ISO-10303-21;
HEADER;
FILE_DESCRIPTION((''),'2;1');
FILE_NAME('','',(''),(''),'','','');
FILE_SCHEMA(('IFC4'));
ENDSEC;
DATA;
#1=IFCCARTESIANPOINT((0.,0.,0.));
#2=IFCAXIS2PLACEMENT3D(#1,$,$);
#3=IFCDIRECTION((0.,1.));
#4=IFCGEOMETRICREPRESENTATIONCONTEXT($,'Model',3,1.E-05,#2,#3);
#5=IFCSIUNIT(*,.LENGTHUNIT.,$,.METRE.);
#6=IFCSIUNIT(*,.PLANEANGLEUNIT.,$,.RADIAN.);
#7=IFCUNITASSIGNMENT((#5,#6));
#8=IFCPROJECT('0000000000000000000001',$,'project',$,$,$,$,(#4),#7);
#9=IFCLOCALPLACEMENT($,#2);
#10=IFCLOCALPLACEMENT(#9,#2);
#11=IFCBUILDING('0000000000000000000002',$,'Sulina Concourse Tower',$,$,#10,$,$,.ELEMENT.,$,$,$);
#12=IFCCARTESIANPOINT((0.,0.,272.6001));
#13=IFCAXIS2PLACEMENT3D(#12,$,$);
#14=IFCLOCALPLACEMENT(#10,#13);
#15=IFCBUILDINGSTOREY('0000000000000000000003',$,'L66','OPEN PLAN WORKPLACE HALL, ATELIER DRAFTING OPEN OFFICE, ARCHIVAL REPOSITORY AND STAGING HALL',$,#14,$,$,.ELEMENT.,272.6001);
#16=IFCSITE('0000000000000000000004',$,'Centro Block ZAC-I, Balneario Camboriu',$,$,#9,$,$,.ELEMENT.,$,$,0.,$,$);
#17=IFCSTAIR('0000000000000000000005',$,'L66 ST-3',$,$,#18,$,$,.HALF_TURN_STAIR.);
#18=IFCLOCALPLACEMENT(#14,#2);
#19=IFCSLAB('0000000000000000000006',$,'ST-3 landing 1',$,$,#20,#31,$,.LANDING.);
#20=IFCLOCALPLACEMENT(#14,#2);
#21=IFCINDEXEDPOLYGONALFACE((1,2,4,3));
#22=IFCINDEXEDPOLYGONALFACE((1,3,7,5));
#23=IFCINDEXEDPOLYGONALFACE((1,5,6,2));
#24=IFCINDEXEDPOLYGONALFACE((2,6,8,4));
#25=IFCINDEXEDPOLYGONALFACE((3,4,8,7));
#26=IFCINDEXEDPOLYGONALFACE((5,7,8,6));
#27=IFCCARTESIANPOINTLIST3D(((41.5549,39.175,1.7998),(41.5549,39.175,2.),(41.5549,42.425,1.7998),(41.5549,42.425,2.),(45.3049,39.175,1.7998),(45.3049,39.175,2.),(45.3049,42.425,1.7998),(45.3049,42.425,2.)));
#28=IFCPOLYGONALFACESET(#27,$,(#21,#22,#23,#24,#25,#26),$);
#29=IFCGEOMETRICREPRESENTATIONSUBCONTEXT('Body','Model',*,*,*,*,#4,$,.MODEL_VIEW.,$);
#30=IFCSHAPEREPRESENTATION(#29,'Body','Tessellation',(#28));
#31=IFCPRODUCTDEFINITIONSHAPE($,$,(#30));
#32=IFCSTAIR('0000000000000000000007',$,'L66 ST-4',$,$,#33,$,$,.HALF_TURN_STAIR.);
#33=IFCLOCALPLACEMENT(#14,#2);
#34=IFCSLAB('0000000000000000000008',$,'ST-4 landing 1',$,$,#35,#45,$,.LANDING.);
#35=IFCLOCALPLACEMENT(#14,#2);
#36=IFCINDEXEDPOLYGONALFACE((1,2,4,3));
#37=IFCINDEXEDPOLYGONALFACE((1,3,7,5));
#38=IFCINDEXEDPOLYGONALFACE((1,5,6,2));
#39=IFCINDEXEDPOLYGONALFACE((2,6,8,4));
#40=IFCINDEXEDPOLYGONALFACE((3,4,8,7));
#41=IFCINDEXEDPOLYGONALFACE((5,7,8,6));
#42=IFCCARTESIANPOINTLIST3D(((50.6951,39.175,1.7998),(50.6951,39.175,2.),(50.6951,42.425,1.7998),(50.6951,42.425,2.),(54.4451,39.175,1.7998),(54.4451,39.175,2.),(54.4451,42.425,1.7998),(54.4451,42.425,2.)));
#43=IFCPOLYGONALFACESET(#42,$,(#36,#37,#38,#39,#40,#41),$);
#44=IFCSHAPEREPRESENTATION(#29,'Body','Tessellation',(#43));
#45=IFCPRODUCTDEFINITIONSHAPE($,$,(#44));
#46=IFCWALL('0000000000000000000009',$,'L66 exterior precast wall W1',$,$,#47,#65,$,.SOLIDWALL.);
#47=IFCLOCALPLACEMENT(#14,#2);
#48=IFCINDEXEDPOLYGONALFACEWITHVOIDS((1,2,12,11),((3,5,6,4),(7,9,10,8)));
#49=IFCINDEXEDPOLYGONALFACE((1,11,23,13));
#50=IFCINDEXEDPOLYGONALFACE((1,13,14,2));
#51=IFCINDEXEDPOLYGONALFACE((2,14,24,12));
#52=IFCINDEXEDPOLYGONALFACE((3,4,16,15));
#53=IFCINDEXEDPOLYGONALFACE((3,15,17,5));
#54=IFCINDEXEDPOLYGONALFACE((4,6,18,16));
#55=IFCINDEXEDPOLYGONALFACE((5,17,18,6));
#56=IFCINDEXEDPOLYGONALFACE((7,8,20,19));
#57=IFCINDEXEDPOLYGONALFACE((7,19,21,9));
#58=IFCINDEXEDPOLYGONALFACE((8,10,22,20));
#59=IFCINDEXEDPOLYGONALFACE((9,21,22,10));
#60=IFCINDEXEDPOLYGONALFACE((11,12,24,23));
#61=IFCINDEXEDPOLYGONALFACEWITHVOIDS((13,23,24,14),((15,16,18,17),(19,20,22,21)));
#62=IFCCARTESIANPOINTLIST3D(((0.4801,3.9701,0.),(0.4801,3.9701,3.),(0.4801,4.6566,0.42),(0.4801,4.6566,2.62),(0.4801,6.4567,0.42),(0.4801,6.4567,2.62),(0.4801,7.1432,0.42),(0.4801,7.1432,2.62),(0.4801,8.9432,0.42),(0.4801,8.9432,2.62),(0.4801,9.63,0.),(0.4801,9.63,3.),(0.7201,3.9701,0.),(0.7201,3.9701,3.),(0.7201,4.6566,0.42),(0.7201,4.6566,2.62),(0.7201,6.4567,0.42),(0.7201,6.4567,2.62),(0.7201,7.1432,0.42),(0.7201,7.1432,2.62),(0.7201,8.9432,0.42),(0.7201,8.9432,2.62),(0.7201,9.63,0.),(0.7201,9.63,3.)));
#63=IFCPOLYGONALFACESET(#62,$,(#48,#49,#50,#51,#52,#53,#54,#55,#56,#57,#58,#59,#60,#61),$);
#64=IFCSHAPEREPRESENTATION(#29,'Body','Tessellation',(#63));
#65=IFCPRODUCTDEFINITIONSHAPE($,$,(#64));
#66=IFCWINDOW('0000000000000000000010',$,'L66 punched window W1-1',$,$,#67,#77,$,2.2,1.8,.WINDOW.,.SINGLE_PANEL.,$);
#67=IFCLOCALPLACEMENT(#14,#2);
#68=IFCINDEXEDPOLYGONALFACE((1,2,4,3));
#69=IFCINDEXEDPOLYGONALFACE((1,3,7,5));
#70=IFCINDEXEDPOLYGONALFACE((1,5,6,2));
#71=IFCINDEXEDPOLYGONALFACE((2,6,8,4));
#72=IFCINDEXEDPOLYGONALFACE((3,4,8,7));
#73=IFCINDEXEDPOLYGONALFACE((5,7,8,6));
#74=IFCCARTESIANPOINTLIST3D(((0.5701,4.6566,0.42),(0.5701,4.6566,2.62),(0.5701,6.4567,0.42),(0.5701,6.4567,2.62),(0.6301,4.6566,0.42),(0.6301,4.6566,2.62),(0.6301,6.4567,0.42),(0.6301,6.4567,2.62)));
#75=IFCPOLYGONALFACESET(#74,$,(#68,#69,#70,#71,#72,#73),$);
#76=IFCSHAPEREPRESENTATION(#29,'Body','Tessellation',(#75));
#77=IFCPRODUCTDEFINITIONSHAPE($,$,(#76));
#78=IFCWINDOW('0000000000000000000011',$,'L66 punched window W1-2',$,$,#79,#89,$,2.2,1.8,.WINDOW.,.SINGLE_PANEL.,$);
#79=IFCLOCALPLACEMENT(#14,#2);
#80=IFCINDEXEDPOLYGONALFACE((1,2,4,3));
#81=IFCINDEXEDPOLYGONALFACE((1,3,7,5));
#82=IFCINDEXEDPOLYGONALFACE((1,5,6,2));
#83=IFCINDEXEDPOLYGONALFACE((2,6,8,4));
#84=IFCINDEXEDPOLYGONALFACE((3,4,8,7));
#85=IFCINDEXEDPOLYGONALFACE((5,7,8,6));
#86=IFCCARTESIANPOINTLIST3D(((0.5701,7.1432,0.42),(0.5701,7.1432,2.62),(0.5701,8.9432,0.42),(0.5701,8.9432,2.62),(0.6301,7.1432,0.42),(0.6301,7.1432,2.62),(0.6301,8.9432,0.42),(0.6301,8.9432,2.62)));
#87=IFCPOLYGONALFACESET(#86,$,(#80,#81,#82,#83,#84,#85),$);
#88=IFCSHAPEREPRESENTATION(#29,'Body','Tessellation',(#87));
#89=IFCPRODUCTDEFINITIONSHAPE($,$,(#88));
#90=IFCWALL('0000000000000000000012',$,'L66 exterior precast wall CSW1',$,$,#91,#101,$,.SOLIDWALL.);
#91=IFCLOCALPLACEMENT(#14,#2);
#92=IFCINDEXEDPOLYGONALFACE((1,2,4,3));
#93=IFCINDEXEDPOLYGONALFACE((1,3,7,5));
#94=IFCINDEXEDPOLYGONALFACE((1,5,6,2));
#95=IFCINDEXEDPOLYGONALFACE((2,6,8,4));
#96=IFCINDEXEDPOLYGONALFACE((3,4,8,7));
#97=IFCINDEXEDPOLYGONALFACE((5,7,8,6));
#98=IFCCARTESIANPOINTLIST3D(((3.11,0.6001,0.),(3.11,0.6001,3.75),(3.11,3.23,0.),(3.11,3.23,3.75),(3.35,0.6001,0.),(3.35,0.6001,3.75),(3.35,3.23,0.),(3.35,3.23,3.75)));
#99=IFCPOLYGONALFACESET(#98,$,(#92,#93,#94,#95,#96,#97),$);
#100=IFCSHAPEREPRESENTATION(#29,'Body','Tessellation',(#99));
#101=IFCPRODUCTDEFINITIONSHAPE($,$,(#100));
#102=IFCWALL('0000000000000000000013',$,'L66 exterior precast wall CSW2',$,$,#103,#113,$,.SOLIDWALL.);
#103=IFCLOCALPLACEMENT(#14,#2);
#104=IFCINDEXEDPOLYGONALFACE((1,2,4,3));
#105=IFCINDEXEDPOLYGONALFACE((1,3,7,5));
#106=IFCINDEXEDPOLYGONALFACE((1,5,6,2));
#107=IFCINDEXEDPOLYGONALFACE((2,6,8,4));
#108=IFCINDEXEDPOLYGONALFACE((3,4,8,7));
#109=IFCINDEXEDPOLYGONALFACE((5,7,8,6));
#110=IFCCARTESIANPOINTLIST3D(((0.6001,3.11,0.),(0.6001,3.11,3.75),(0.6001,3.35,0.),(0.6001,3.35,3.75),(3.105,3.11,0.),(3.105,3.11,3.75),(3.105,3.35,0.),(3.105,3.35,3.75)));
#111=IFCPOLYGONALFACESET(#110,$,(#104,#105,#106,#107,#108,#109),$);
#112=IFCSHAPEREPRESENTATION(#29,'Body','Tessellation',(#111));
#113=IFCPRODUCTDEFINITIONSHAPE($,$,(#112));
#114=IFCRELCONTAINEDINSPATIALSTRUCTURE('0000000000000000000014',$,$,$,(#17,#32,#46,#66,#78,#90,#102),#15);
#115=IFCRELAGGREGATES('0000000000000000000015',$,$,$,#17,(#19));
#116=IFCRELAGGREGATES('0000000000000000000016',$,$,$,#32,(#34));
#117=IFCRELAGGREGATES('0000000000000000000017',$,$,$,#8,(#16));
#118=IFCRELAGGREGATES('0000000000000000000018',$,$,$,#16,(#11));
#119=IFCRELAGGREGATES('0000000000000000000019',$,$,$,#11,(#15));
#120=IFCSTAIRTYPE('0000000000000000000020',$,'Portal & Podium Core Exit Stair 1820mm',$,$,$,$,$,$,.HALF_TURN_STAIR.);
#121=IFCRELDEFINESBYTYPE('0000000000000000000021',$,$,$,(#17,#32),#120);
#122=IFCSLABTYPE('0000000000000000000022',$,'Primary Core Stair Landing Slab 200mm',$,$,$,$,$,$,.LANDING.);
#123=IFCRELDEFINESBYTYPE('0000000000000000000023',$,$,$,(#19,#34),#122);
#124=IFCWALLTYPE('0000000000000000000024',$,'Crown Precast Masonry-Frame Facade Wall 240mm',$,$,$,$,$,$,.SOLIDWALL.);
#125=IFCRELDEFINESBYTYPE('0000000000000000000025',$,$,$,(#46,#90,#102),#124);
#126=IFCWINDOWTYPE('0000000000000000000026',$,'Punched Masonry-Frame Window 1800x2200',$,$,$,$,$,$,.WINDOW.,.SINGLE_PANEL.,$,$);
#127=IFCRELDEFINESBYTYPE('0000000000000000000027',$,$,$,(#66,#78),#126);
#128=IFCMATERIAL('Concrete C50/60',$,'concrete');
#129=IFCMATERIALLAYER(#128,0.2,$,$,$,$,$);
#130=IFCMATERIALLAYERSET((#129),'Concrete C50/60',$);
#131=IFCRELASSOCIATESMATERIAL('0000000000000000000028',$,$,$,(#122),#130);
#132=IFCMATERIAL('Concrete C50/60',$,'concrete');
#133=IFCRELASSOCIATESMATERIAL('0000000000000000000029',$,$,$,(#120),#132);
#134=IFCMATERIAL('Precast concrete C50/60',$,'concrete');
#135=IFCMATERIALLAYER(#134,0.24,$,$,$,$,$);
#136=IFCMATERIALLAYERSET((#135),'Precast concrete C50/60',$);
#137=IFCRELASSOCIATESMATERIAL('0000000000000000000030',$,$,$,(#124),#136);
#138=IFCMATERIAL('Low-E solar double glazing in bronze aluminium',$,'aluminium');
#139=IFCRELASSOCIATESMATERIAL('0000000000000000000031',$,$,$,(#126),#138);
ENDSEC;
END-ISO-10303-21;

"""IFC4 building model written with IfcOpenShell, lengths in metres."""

from ifc_helpers import new_model, si_unit, direction, frame, frame_2d, origin, place, context, subcontext, project, spatial, polyline, rectangle, outline, extrude, material, layer, layer_set, type_object, element, fill, aggregate, save


model = new_model("IFC4")

# Units and contexts
model_context = context("Model", 3, precision=1e-05, world=origin(), true_north=direction((0.0, 1.0)))
body_context = subcontext(model_context, "Body", "Model", "MODEL_VIEW")
ifc_project = project(units=[si_unit("LENGTHUNIT", "METRE"), si_unit("PLANEANGLEUNIT", "RADIAN")], contexts=[model_context])

# Site, building, storey
site_placement = place(None, origin())
site = spatial("IfcSite", under=ifc_project, at=site_placement, Name="Centro Block ZAC-I, Balneario Camboriu", CompositionType="ELEMENT", RefElevation=0.0)
building_placement = place(site_placement, origin())
building = spatial("IfcBuilding", under=site, at=building_placement, Name="Sulina Concourse Tower", CompositionType="ELEMENT")
storey_placement = place(building_placement, frame((0.0, 0.0, 272.6001)))
storey = spatial("IfcBuildingStorey", under=building, at=storey_placement, Name="L66", Description="OPEN PLAN WORKPLACE HALL, ATELIER DRAFTING OPEN OFFICE, ARCHIVAL REPOSITORY AND STAGING HALL", CompositionType="ELEMENT", Elevation=272.6001)

# Shared definitions
ifc_material_1 = material(Name="Concrete C50/60", Category="concrete")
ifc_layer_1 = layer(ifc_material_1, 0.2)
ifc_layer_set_1 = layer_set([ifc_layer_1], Name="Concrete C50/60")
slab_type_1 = type_object("IfcSlabType", Name="Primary Core Stair Landing Slab 200mm", PredefinedType="LANDING", material=ifc_layer_set_1)

# Stairs, slabs
ifc_material_2 = material(Name="Concrete C50/60", Category="concrete")
stair_type_1 = type_object("IfcStairType", Name="Portal & Podium Core Exit Stair 1820mm", PredefinedType="HALF_TURN_STAIR", material=ifc_material_2)
stair_1_placement = place(storey_placement, origin())
stair_1 = element("IfcStair", 1, at=stair_1_placement, inside=storey, type_object=stair_type_1, Name="L66 ST-3", PredefinedType="HALF_TURN_STAIR")
slab_1_placement = place(storey_placement, frame((0.0, 0.0, 1.7998)))
slab_1 = element("IfcSlab", 2, at=slab_1_placement, type_object=slab_type_1, Name="ST-3 landing 1", PredefinedType="LANDING", context=body_context, shape_type="SweptSolid", body=[
    extrude(outline(polyline([(45.3049, 39.175), (45.3049, 42.425), (41.5549, 42.425), (41.5549, 39.175), (45.3049, 39.175)])), origin(), (0.0, 0.0, 1.0), 0.2002),
])
aggregate(stair_1, [slab_1])
stair_2_placement = place(storey_placement, origin())
stair_2 = element("IfcStair", 3, at=stair_2_placement, inside=storey, type_object=stair_type_1, Name="L66 ST-4", PredefinedType="HALF_TURN_STAIR")
slab_2_placement = place(storey_placement, frame((0.0, 0.0, 1.7998)))
slab_2 = element("IfcSlab", 4, at=slab_2_placement, type_object=slab_type_1, Name="ST-4 landing 1", PredefinedType="LANDING", context=body_context, shape_type="SweptSolid", body=[
    extrude(outline(polyline([(54.4451, 39.175), (54.4451, 42.425), (50.6951, 42.425), (50.6951, 39.175), (54.4451, 39.175)])), origin(), (0.0, 0.0, 1.0), 0.2002),
])
aggregate(stair_2, [slab_2])

# Wall, openings, windows
ifc_material_3 = material(Name="Precast concrete C50/60", Category="concrete")
ifc_layer_2 = layer(ifc_material_3, 0.24)
ifc_layer_set_2 = layer_set([ifc_layer_2], Name="Precast concrete C50/60")
wall_type = type_object("IfcWallType", Name="Crown Precast Masonry-Frame Facade Wall 240mm", PredefinedType="SOLIDWALL", material=ifc_layer_set_2)
wall_1_placement = place(storey_placement, frame((0.6001, 3.97, 0.0), z_axis=(0.0, 0.0, 1.0), x_axis=(0.0, 1.0, 0.0)))
wall_1 = element("IfcWall", 5, at=wall_1_placement, inside=storey, type_object=wall_type, Name="L66 exterior precast wall W1", PredefinedType="SOLIDWALL", context=body_context, shape_type="SweptSolid", body=[
    extrude(rectangle(XDim=5.6599, YDim=0.24, at=frame_2d((2.8301, 0.0))), origin(), (0.0, 0.0, 1.0), 3.0),
])
opening_1_placement = place(wall_1_placement, frame((0.6868, 0.0, 0.4199)))
opening_1 = element("IfcOpeningElement", 6, at=opening_1_placement, cuts=wall_1, PredefinedType="OPENING", context=body_context, shape_type="SweptSolid", body=[
    extrude(rectangle(XDim=1.8, YDim=2.2, at=frame_2d((0.8999, 1.1001))), frame((0.0, 0.1299, 0.0), z_axis=(0.0, -1.0, 0.0), x_axis=(1.0, 0.0, 0.0)), (0.0, 0.0, 1.0), 0.26),
])
opening_2_placement = place(wall_1_placement, frame((3.1733, 0.0, 0.4199)))
opening_2 = element("IfcOpeningElement", 7, at=opening_2_placement, cuts=wall_1, PredefinedType="OPENING", context=body_context, shape_type="SweptSolid", body=[
    extrude(rectangle(XDim=1.8, YDim=2.2, at=frame_2d((0.8999, 1.1001))), frame((0.0, 0.1299, 0.0), z_axis=(0.0, -1.0, 0.0), x_axis=(1.0, 0.0, 0.0)), (0.0, 0.0, 1.0), 0.26),
])
ifc_material_4 = material(Name="Low-E solar double glazing in bronze aluminium", Category="aluminium")
window_type = type_object("IfcWindowType", Name="Punched Masonry-Frame Window 1800x2200", PartitioningType="SINGLE_PANEL", PredefinedType="WINDOW", material=ifc_material_4)
window_1_placement = place(opening_1_placement, origin())
window_1 = element("IfcWindow", 8, at=window_1_placement, inside=storey, type_object=window_type, Name="L66 punched window W1-1", OverallHeight=2.2, OverallWidth=1.8, PartitioningType="SINGLE_PANEL", PredefinedType="WINDOW", context=body_context, shape_type="SweptSolid", body=[
    extrude(rectangle(XDim=1.8, YDim=2.2, at=frame_2d((0.8999, 1.1001))), frame((0.0, 0.03, 0.0), z_axis=(0.0, -1.0, 0.0), x_axis=(1.0, 0.0, 0.0)), (0.0, 0.0, 1.0), 0.0601),
])
fill(opening_1, window_1)
window_2_placement = place(opening_2_placement, origin())
window_2 = element("IfcWindow", 9, at=window_2_placement, inside=storey, type_object=window_type, Name="L66 punched window W1-2", OverallHeight=2.2, OverallWidth=1.8, PartitioningType="SINGLE_PANEL", PredefinedType="WINDOW", context=body_context, shape_type="SweptSolid", body=[
    extrude(rectangle(XDim=1.8, YDim=2.2, at=frame_2d((0.8999, 1.1001))), frame((0.0, 0.03, 0.0), z_axis=(0.0, -1.0, 0.0), x_axis=(1.0, 0.0, 0.0)), (0.0, 0.0, 1.0), 0.0601),
])
fill(opening_2, window_2)

# Walls
wall_2_placement = place(storey_placement, frame((3.23, 0.6001, 0.0), z_axis=(0.0, 0.0, 1.0), x_axis=(0.0, 1.0, 0.0)))
element("IfcWall", 10, at=wall_2_placement, inside=storey, type_object=wall_type, Name="L66 exterior precast wall CSW1", PredefinedType="SOLIDWALL", context=body_context, shape_type="SweptSolid", body=[
    extrude(rectangle(XDim=2.6299, YDim=0.24, at=frame_2d((1.3149, 0.0))), origin(), (0.0, 0.0, 1.0), 3.75),
])
wall_3_placement = place(storey_placement, frame((3.105, 3.23, 0.0), z_axis=(0.0, 0.0, 1.0), x_axis=(-1.0, 0.0, 0.0)))
element("IfcWall", 11, at=wall_3_placement, inside=storey, type_object=wall_type, Name="L66 exterior precast wall CSW2", PredefinedType="SOLIDWALL", context=body_context, shape_type="SweptSolid", body=[
    extrude(rectangle(XDim=2.5049, YDim=0.24, at=frame_2d((1.2524, 0.0))), origin(), (0.0, 0.0, 1.0), 3.75),
])

save(model, "model.ifc")
